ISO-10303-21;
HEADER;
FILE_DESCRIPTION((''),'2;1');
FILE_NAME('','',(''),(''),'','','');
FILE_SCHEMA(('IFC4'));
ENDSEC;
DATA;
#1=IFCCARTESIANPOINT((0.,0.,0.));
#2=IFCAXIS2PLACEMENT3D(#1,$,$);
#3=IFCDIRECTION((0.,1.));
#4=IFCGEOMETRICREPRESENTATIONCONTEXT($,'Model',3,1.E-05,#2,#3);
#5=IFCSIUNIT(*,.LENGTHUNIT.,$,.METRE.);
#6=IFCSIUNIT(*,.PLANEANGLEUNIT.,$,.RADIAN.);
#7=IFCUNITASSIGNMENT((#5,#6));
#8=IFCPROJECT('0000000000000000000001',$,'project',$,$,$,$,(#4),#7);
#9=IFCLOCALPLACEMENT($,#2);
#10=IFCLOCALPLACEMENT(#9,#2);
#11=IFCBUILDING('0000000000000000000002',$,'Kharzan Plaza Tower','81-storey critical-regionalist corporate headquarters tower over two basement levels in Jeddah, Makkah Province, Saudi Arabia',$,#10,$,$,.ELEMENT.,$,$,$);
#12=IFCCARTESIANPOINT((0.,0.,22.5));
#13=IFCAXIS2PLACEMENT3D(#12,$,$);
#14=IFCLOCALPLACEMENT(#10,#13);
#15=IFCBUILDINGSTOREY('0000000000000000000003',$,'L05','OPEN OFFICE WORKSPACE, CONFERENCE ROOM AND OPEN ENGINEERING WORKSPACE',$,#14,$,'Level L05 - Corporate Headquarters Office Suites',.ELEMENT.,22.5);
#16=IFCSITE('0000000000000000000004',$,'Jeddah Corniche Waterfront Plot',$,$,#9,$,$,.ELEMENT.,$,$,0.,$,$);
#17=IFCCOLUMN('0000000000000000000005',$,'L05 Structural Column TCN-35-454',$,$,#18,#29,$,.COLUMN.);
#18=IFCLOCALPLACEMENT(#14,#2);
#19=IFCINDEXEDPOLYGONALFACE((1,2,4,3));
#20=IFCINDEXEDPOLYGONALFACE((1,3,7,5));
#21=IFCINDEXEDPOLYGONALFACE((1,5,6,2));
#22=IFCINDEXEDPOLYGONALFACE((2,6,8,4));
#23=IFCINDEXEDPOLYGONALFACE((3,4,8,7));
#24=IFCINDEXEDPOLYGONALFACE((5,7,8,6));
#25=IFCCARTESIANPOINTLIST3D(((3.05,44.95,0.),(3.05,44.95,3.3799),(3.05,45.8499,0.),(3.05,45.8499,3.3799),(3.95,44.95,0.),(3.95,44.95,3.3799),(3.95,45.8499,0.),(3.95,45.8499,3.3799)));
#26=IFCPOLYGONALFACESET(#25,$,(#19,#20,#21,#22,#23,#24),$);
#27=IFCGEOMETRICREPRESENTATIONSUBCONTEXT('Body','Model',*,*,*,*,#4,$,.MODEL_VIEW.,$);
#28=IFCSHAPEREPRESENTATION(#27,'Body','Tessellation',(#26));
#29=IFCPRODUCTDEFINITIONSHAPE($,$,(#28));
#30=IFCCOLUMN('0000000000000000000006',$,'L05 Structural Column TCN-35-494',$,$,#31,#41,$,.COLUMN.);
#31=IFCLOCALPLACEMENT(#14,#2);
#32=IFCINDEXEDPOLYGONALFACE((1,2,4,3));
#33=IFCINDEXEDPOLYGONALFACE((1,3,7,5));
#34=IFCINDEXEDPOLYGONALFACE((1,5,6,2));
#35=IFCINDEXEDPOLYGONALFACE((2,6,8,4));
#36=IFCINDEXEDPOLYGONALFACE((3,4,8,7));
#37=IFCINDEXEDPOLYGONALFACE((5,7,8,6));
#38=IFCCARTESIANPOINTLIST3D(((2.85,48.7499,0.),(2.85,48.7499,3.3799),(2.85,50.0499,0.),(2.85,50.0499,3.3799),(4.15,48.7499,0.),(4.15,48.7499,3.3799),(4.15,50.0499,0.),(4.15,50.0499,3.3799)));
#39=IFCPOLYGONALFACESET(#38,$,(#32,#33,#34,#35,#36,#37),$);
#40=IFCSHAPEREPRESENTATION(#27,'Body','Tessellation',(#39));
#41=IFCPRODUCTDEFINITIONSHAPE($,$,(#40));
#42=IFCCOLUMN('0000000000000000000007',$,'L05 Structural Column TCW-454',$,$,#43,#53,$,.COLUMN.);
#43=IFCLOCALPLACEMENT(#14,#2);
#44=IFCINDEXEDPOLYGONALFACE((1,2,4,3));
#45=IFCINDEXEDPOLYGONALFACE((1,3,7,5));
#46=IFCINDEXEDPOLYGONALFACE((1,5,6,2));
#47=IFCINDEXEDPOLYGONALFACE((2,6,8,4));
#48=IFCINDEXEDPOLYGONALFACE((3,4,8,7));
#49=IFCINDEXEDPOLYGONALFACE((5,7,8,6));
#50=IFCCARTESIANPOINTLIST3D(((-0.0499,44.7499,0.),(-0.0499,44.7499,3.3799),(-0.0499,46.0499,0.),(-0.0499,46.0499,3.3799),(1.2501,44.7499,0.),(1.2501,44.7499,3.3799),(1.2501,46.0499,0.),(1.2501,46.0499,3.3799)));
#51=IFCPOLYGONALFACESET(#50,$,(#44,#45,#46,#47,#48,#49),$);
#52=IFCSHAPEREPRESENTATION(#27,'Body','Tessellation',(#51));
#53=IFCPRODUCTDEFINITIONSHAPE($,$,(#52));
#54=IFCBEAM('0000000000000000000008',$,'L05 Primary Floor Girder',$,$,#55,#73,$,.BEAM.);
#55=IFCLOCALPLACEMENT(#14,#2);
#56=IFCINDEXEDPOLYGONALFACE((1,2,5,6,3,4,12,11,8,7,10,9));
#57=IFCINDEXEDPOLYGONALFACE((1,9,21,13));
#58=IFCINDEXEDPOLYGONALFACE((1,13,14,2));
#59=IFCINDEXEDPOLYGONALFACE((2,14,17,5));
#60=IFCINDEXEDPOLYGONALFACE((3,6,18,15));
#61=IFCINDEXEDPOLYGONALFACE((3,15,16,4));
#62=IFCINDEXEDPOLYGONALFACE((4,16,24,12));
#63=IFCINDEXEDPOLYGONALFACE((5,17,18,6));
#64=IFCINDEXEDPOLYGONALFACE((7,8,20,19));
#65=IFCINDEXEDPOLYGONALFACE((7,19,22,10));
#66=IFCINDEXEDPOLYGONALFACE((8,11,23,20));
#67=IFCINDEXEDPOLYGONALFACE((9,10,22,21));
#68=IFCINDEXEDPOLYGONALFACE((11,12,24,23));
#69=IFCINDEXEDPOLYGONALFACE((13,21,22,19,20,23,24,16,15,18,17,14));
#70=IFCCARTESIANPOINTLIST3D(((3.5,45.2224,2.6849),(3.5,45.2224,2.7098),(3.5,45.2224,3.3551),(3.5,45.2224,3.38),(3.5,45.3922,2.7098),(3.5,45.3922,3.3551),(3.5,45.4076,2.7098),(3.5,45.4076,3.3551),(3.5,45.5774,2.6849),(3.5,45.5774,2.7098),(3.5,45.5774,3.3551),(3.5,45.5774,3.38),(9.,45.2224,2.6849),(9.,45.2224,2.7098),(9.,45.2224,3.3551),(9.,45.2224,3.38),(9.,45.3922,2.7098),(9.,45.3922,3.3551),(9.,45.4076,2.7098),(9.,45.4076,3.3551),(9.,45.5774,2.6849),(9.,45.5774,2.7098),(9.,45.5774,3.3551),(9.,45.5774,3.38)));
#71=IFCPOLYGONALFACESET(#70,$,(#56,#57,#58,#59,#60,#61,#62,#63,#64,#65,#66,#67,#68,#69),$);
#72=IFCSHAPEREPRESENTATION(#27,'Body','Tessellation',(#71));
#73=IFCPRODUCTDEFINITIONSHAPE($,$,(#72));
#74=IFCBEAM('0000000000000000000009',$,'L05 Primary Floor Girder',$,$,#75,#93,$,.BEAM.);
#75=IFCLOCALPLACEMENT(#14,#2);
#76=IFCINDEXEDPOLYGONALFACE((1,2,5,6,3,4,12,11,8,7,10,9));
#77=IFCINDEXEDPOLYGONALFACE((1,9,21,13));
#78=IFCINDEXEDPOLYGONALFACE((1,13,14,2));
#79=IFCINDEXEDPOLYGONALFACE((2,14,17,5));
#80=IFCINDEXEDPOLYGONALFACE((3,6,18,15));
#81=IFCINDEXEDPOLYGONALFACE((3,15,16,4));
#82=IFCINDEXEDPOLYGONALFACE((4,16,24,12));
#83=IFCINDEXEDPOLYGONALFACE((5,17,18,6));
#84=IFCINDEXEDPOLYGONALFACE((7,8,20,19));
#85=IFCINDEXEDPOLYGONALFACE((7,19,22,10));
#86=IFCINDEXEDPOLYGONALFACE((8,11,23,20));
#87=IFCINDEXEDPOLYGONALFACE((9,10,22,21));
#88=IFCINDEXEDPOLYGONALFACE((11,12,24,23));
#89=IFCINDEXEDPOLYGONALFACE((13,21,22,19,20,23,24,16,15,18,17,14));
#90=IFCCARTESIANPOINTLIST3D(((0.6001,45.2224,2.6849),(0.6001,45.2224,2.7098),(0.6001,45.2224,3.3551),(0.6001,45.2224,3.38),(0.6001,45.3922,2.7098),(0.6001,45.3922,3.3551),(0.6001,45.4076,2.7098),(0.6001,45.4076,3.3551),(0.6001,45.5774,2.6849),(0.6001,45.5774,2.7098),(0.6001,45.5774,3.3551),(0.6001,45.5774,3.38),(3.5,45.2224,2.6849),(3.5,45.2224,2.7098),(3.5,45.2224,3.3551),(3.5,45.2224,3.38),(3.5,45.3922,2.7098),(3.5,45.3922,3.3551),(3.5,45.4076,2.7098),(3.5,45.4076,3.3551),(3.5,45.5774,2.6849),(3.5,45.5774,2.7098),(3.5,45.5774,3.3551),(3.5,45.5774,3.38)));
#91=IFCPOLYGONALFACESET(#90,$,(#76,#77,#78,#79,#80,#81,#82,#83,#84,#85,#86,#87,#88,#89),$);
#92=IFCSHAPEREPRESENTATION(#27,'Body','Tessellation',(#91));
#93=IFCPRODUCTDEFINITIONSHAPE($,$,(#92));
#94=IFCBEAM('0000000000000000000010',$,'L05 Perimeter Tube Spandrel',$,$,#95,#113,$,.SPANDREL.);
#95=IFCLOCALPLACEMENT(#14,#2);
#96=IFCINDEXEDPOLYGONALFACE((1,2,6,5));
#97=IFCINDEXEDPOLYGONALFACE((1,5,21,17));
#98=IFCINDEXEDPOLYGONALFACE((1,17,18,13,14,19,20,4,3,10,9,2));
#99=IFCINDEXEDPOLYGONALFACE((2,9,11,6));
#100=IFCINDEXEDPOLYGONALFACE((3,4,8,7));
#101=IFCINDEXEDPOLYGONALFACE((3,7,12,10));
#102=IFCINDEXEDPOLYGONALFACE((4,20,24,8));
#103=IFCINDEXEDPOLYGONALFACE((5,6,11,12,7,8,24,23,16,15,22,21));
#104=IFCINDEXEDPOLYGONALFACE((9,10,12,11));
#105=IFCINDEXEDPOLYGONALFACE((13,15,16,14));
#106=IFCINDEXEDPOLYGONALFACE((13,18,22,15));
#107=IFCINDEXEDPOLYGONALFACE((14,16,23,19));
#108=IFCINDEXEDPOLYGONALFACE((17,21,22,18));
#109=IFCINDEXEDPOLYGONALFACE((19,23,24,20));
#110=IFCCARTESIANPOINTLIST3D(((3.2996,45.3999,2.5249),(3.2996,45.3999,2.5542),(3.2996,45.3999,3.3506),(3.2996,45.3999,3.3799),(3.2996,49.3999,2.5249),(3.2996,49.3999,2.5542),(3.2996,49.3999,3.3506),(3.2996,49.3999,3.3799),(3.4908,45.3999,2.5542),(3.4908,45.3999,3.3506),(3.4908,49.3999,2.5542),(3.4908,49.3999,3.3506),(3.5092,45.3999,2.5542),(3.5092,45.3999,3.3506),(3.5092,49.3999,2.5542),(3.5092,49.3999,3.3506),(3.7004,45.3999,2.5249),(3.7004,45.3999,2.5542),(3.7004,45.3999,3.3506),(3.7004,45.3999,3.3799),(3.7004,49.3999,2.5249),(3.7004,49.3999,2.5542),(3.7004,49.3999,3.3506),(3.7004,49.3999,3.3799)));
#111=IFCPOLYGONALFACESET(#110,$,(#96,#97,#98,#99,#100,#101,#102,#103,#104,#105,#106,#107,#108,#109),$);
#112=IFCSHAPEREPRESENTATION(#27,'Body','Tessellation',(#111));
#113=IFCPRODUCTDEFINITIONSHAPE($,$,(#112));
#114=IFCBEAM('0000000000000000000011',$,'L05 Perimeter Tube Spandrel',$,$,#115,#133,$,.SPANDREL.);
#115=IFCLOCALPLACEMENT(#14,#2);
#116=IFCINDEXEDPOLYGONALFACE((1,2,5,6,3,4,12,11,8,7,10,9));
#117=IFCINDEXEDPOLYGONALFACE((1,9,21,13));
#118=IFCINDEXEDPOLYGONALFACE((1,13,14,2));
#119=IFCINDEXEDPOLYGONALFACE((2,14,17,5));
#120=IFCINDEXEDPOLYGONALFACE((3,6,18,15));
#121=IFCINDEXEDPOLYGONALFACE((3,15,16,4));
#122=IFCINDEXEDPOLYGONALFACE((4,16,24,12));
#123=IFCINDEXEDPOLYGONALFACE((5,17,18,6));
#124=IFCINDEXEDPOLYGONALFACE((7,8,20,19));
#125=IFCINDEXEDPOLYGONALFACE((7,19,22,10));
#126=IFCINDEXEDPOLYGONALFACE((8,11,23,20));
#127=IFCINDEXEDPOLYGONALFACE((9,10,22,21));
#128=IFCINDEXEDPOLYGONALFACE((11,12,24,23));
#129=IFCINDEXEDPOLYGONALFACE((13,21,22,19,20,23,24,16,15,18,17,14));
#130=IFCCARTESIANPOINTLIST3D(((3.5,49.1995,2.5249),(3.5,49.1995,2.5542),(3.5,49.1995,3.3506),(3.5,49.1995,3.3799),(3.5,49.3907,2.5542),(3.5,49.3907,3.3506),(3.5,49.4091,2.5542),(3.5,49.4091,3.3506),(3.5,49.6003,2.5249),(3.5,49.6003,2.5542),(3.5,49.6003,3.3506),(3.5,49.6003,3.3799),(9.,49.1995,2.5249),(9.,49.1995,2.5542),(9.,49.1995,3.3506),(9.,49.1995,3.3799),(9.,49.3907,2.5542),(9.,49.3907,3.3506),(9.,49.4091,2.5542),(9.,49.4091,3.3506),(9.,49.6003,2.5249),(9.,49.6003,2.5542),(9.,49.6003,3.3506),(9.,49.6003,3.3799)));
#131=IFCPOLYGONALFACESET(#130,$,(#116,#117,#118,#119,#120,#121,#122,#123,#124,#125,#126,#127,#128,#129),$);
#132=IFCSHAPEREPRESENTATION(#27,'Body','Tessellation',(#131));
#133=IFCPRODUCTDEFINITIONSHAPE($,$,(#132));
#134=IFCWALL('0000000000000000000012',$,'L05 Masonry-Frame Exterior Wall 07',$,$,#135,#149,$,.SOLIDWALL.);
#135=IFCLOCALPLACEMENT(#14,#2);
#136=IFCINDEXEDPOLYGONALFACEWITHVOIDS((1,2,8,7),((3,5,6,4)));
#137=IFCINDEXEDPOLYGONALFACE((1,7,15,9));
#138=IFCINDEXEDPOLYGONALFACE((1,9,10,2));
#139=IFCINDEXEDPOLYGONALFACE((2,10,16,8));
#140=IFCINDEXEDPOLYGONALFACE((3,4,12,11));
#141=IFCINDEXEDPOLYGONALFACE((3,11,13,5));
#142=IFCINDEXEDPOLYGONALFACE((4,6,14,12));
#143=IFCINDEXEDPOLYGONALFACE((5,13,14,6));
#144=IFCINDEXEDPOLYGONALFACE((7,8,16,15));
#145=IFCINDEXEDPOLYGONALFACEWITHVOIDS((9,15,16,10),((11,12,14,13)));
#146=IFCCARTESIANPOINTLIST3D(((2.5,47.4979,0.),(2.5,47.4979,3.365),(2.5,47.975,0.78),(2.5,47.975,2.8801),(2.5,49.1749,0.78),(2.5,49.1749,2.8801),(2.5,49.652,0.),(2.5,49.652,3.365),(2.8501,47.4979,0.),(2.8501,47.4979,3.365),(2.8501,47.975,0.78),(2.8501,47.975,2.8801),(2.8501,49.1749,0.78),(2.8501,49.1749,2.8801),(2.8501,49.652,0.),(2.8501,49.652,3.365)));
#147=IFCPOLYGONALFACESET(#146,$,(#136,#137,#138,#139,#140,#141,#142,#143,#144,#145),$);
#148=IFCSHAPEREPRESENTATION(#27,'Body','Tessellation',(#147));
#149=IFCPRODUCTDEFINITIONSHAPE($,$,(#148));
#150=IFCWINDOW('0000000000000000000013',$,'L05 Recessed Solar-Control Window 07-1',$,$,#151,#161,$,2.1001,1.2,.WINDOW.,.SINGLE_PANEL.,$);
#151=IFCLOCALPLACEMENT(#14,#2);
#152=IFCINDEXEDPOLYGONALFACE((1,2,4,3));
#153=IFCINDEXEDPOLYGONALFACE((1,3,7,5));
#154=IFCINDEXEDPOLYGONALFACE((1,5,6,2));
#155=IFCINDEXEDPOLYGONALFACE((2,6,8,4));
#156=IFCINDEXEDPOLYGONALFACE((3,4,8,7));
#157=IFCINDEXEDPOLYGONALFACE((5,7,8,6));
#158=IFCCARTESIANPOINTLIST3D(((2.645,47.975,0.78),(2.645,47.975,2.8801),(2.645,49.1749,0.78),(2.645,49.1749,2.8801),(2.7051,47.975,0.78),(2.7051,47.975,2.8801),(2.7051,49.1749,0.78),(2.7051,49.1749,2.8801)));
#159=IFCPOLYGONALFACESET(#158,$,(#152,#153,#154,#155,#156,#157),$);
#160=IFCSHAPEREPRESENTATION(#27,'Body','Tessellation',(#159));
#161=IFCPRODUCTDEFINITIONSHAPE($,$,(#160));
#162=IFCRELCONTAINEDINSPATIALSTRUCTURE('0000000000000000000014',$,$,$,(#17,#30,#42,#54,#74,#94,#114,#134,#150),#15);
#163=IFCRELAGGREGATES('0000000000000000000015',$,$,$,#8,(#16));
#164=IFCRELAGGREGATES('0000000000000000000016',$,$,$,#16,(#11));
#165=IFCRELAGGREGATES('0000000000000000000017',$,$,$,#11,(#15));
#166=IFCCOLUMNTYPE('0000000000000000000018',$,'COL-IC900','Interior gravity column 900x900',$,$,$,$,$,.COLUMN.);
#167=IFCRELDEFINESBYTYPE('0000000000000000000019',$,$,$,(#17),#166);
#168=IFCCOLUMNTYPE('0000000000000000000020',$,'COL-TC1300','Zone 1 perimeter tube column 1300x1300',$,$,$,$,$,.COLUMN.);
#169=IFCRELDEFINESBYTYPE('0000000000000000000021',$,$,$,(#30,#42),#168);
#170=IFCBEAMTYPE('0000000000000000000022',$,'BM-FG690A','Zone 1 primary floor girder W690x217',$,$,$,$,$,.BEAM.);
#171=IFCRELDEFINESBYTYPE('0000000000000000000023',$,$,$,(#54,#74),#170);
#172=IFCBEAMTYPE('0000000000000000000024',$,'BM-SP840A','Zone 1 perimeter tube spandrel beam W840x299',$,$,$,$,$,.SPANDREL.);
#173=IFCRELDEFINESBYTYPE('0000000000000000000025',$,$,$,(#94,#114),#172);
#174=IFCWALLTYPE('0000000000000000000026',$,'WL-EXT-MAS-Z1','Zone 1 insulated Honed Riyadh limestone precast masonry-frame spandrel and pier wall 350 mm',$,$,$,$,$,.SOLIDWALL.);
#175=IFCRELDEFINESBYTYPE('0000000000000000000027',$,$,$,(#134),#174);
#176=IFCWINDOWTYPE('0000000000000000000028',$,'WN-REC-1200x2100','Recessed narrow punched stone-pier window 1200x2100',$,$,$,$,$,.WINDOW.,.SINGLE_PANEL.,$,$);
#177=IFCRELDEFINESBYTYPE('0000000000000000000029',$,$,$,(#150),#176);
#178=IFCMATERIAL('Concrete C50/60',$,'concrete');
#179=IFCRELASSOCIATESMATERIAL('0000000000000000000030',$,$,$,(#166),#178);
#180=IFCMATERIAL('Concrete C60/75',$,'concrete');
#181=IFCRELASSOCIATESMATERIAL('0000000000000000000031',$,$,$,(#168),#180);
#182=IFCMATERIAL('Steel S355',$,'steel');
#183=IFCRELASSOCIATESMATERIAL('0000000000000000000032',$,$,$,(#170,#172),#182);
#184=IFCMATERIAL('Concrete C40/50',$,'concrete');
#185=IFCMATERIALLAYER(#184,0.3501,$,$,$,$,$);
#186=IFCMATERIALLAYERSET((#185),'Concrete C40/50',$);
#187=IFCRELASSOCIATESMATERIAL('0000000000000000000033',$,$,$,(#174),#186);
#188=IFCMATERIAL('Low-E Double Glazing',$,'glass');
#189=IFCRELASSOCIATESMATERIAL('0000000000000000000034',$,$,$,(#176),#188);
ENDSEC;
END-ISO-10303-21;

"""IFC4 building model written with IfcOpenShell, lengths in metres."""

from ifc_helpers import new_model, si_unit, direction, frame, frame_2d, origin, origin_2d, place, context, subcontext, project, spatial, rectangle, i_section, extrude, source, transform, mapped, material, layer, layer_set, material_profile, profile_set, type_object, element, fill, save


model = new_model("IFC4")

# Units and contexts
model_context = context("Model", 3, precision=1e-05, world=origin(), true_north=direction((0.0, 1.0)))
body_context = subcontext(model_context, "Body", "Model", "MODEL_VIEW")
ifc_project = project(units=[si_unit("LENGTHUNIT", "METRE"), si_unit("PLANEANGLEUNIT", "RADIAN")], contexts=[model_context])

# Site, building, storey
site_placement = place(None, origin())
site = spatial("IfcSite", under=ifc_project, at=site_placement, Name="Jeddah Corniche Waterfront Plot", CompositionType="ELEMENT", RefElevation=0.0)
building_placement = place(site_placement, origin())
building = spatial("IfcBuilding", under=site, at=building_placement, Name="Kharzan Plaza Tower", Description="81-storey critical-regionalist corporate headquarters tower over two basement levels in Jeddah, Makkah Province, Saudi Arabia", CompositionType="ELEMENT")
storey_placement = place(building_placement, frame((0.0, 0.0, 22.5)))
storey = spatial("IfcBuildingStorey", under=building, at=storey_placement, Name="L05", Description="OPEN OFFICE WORKSPACE, CONFERENCE ROOM AND OPEN ENGINEERING WORKSPACE", LongName="Level L05 - Corporate Headquarters Office Suites", CompositionType="ELEMENT", Elevation=22.5)

# Columns
ifc_material_1 = material(Name="Concrete C50/60", Category="concrete")
ifc_material_profile_1 = material_profile(ifc_material_1, rectangle(XDim=0.8999, YDim=0.8999, at=origin_2d()), Name="RC-IC900x900")
ifc_profile_set_1 = profile_set([ifc_material_profile_1], Name="Concrete C50/60")
column_type_1 = type_object("IfcColumnType", Name="COL-IC900", Description="Interior gravity column 900x900", PredefinedType="COLUMN", material=ifc_profile_set_1)
shared_shape_1 = source(origin(), body_context, "Body", "SweptSolid", [
    extrude(rectangle(XDim=0.8999, YDim=0.8999, at=origin_2d()), origin(), (0.0, 0.0, 1.0), 3.3799),
])
column_placement = place(storey_placement, frame((3.5, 45.3999, 0.0), z_axis=(0.0, 0.0, 1.0), x_axis=(1.0, 0.0, 0.0)))
element("IfcColumn", 1, at=column_placement, inside=storey, type_object=column_type_1, Name="L05 Structural Column TCN-35-454", PredefinedType="COLUMN", context=body_context, shape_type="MappedRepresentation", body=[
    mapped(shared_shape_1, transform((0.0, 0.0, 0.0), x_axis=(1.0, 0.0, 0.0), y_axis=(0.0, 1.0, 0.0), z_axis=(0.0, 0.0, 1.0))),
])
ifc_material_2 = material(Name="Concrete C60/75", Category="concrete")
ifc_material_profile_2 = material_profile(ifc_material_2, rectangle(XDim=1.3, YDim=1.3, at=origin_2d()), Name="RC-TC1300x1300")
ifc_profile_set_2 = profile_set([ifc_material_profile_2], Name="Concrete C60/75")
column_type_2 = type_object("IfcColumnType", Name="COL-TC1300", Description="Zone 1 perimeter tube column 1300x1300", PredefinedType="COLUMN", material=ifc_profile_set_2)
shared_shape_2 = source(origin(), body_context, "Body", "SweptSolid", [
    extrude(rectangle(XDim=1.3, YDim=1.3, at=origin_2d()), origin(), (0.0, 0.0, 1.0), 3.3799),
])
for number, where, z_axis, x_axis, name in (
    (2, (3.5, 49.3999, 0.0), (0.0, 0.0, 1.0), (1.0, 0.0, 0.0), "L05 Structural Column TCN-35-494"),
    (3, (0.6001, 45.3999, 0.0), (0.0, 0.0, 1.0), (1.0, 0.0, 0.0), "L05 Structural Column TCW-454"),
):
    element("IfcColumn", number, at=place(storey_placement, frame(where, z_axis=z_axis, x_axis=x_axis)), inside=storey, type_object=column_type_2, Name=name, PredefinedType="COLUMN", context=body_context, shape_type="MappedRepresentation", body=[
        mapped(shared_shape_2, transform((0.0, 0.0, 0.0), x_axis=(1.0, 0.0, 0.0), y_axis=(0.0, 1.0, 0.0), z_axis=(0.0, 0.0, 1.0))),
    ])

# Beams
ifc_material_3 = material(Name="Steel S355", Category="steel")
ifc_material_profile_3 = material_profile(ifc_material_3, i_section(OverallWidth=0.355, OverallDepth=0.6951, WebThickness=0.0154, FlangeThickness=0.0249, at=origin_2d()), Name="W690x217")
ifc_profile_set_3 = profile_set([ifc_material_profile_3], Name="Steel S355")
beam_type_1 = type_object("IfcBeamType", Name="BM-FG690A", Description="Zone 1 primary floor girder W690x217", PredefinedType="BEAM", material=ifc_profile_set_3)
shared_shape_3 = source(origin(), body_context, "Body", "SweptSolid", [
    extrude(i_section(OverallWidth=0.355, OverallDepth=0.6951, WebThickness=0.0154, FlangeThickness=0.0249, at=origin_2d()), origin(), (0.0, 0.0, 1.0), 5.5),
])
beam_1_placement = place(storey_placement, frame((3.5, 45.3999, 3.0325), z_axis=(1.0, 0.0, 0.0), x_axis=(0.0, 1.0, 0.0)))
element("IfcBeam", 4, at=beam_1_placement, inside=storey, type_object=beam_type_1, Name="L05 Primary Floor Girder", PredefinedType="BEAM", context=body_context, shape_type="MappedRepresentation", body=[
    mapped(shared_shape_3, transform((0.0, 0.0, 0.0), x_axis=(1.0, 0.0, 0.0), y_axis=(0.0, 1.0, 0.0), z_axis=(0.0, 0.0, 1.0))),
])
shared_shape_4 = source(origin(), body_context, "Body", "SweptSolid", [
    extrude(i_section(OverallWidth=0.355, OverallDepth=0.6951, WebThickness=0.0154, FlangeThickness=0.0249, at=origin_2d()), origin(), (0.0, 0.0, 1.0), 2.8999),
])
beam_2_placement = place(storey_placement, frame((0.6001, 45.3999, 3.0325), z_axis=(1.0, 0.0, 0.0), x_axis=(0.0, 1.0, 0.0)))
element("IfcBeam", 5, at=beam_2_placement, inside=storey, type_object=beam_type_1, Name="L05 Primary Floor Girder", PredefinedType="BEAM", context=body_context, shape_type="MappedRepresentation", body=[
    mapped(shared_shape_4, transform((0.0, 0.0, 0.0), x_axis=(1.0, 0.0, 0.0), y_axis=(0.0, 1.0, 0.0), z_axis=(0.0, 0.0, 1.0))),
])
ifc_material_profile_4 = material_profile(ifc_material_3, i_section(OverallWidth=0.4009, OverallDepth=0.855, WebThickness=0.0183, FlangeThickness=0.0293, at=origin_2d()), Name="W840x299")
ifc_profile_set_4 = profile_set([ifc_material_profile_4], Name="Steel S355")
beam_type_2 = type_object("IfcBeamType", Name="BM-SP840A", Description="Zone 1 perimeter tube spandrel beam W840x299", PredefinedType="SPANDREL", material=ifc_profile_set_4)
shared_shape_5 = source(origin(), body_context, "Body", "SweptSolid", [
    extrude(i_section(OverallWidth=0.4009, OverallDepth=0.855, WebThickness=0.0183, FlangeThickness=0.0293, at=origin_2d()), origin(), (0.0, 0.0, 1.0), 4.0),
])
beam_3_placement = place(storey_placement, frame((3.5, 45.3999, 2.9524), z_axis=(0.0, 1.0, 0.0), x_axis=(-1.0, 0.0, 0.0)))
element("IfcBeam", 6, at=beam_3_placement, inside=storey, type_object=beam_type_2, Name="L05 Perimeter Tube Spandrel", PredefinedType="SPANDREL", context=body_context, shape_type="MappedRepresentation", body=[
    mapped(shared_shape_5, transform((0.0, 0.0, 0.0), x_axis=(1.0, 0.0, 0.0), y_axis=(0.0, 1.0, 0.0), z_axis=(0.0, 0.0, 1.0))),
])
shared_shape_6 = source(origin(), body_context, "Body", "SweptSolid", [
    extrude(i_section(OverallWidth=0.4009, OverallDepth=0.855, WebThickness=0.0183, FlangeThickness=0.0293, at=origin_2d()), origin(), (0.0, 0.0, 1.0), 5.5),
])
beam_4_placement = place(storey_placement, frame((3.5, 49.3999, 2.9524), z_axis=(1.0, 0.0, 0.0), x_axis=(0.0, 1.0, 0.0)))
element("IfcBeam", 7, at=beam_4_placement, inside=storey, type_object=beam_type_2, Name="L05 Perimeter Tube Spandrel", PredefinedType="SPANDREL", context=body_context, shape_type="MappedRepresentation", body=[
    mapped(shared_shape_6, transform((0.0, 0.0, 0.0), x_axis=(1.0, 0.0, 0.0), y_axis=(0.0, 1.0, 0.0), z_axis=(0.0, 0.0, 1.0))),
])

# Wall, opening, window
ifc_material_4 = material(Name="Concrete C40/50", Category="concrete")
ifc_layer_1 = layer(ifc_material_4, 0.3501)
ifc_layer_set_1 = layer_set([ifc_layer_1], Name="Concrete C40/50")
wall_type_1 = type_object("IfcWallType", Name="WL-EXT-MAS-Z1", Description="Zone 1 insulated Honed Riyadh limestone precast masonry-frame spandrel and pier wall 350 mm", PredefinedType="SOLIDWALL", material=ifc_layer_set_1)
wall_1_placement = place(storey_placement, frame((2.675, 49.6521, 0.0), z_axis=(0.0, 0.0, 1.0), x_axis=(0.0, -1.0, 0.0)))
wall_1 = element("IfcWall", 8, at=wall_1_placement, inside=storey, type_object=wall_type_1, Name="L05 Masonry-Frame Exterior Wall 07", PredefinedType="SOLIDWALL", context=body_context, shape_type="SweptSolid", body=[
    extrude(rectangle(XDim=2.1541, YDim=0.3501, at=frame_2d((1.0771, 0.0))), origin(), (0.0, 0.0, 1.0), 3.365),
])
opening_1_placement = place(wall_1_placement, frame((0.4771, 0.0, 0.78)))
opening_1 = element("IfcOpeningElement", 9, at=opening_1_placement, cuts=wall_1, PredefinedType="OPENING", context=body_context, shape_type="SweptSolid", body=[
    extrude(rectangle(XDim=1.2, YDim=2.1001, at=frame_2d((0.6001, 1.05))), frame((0.0, 0.1851, 0.0), z_axis=(0.0, -1.0, 0.0), x_axis=(1.0, 0.0, 0.0)), (0.0, 0.0, 1.0), 0.3701),
])
ifc_material_5 = material(Name="Low-E Double Glazing", Category="glass")
window_type_1 = type_object("IfcWindowType", Name="WN-REC-1200x2100", Description="Recessed narrow punched stone-pier window 1200x2100", PartitioningType="SINGLE_PANEL", PredefinedType="WINDOW", material=ifc_material_5)
shared_shape_7 = source(origin(), body_context, "Body", "SweptSolid", [
    extrude(rectangle(XDim=1.2, YDim=2.1001, at=frame_2d((0.6001, 1.05))), frame((0.0, 0.03, 0.0), z_axis=(0.0, -1.0, 0.0), x_axis=(1.0, 0.0, 0.0)), (0.0, 0.0, 1.0), 0.0601),
])
window_1_placement = place(opening_1_placement, origin())
window_1 = element("IfcWindow", 10, at=window_1_placement, inside=storey, type_object=window_type_1, Name="L05 Recessed Solar-Control Window 07-1", OverallHeight=2.1001, OverallWidth=1.2, PartitioningType="SINGLE_PANEL", PredefinedType="WINDOW", context=body_context, shape_type="MappedRepresentation", body=[
    mapped(shared_shape_7, transform((0.0, 0.0, 0.0), x_axis=(1.0, 0.0, 0.0), y_axis=(0.0, 1.0, 0.0), z_axis=(0.0, 0.0, 1.0))),
])
fill(opening_1, window_1)

save(model, "model.ifc")
